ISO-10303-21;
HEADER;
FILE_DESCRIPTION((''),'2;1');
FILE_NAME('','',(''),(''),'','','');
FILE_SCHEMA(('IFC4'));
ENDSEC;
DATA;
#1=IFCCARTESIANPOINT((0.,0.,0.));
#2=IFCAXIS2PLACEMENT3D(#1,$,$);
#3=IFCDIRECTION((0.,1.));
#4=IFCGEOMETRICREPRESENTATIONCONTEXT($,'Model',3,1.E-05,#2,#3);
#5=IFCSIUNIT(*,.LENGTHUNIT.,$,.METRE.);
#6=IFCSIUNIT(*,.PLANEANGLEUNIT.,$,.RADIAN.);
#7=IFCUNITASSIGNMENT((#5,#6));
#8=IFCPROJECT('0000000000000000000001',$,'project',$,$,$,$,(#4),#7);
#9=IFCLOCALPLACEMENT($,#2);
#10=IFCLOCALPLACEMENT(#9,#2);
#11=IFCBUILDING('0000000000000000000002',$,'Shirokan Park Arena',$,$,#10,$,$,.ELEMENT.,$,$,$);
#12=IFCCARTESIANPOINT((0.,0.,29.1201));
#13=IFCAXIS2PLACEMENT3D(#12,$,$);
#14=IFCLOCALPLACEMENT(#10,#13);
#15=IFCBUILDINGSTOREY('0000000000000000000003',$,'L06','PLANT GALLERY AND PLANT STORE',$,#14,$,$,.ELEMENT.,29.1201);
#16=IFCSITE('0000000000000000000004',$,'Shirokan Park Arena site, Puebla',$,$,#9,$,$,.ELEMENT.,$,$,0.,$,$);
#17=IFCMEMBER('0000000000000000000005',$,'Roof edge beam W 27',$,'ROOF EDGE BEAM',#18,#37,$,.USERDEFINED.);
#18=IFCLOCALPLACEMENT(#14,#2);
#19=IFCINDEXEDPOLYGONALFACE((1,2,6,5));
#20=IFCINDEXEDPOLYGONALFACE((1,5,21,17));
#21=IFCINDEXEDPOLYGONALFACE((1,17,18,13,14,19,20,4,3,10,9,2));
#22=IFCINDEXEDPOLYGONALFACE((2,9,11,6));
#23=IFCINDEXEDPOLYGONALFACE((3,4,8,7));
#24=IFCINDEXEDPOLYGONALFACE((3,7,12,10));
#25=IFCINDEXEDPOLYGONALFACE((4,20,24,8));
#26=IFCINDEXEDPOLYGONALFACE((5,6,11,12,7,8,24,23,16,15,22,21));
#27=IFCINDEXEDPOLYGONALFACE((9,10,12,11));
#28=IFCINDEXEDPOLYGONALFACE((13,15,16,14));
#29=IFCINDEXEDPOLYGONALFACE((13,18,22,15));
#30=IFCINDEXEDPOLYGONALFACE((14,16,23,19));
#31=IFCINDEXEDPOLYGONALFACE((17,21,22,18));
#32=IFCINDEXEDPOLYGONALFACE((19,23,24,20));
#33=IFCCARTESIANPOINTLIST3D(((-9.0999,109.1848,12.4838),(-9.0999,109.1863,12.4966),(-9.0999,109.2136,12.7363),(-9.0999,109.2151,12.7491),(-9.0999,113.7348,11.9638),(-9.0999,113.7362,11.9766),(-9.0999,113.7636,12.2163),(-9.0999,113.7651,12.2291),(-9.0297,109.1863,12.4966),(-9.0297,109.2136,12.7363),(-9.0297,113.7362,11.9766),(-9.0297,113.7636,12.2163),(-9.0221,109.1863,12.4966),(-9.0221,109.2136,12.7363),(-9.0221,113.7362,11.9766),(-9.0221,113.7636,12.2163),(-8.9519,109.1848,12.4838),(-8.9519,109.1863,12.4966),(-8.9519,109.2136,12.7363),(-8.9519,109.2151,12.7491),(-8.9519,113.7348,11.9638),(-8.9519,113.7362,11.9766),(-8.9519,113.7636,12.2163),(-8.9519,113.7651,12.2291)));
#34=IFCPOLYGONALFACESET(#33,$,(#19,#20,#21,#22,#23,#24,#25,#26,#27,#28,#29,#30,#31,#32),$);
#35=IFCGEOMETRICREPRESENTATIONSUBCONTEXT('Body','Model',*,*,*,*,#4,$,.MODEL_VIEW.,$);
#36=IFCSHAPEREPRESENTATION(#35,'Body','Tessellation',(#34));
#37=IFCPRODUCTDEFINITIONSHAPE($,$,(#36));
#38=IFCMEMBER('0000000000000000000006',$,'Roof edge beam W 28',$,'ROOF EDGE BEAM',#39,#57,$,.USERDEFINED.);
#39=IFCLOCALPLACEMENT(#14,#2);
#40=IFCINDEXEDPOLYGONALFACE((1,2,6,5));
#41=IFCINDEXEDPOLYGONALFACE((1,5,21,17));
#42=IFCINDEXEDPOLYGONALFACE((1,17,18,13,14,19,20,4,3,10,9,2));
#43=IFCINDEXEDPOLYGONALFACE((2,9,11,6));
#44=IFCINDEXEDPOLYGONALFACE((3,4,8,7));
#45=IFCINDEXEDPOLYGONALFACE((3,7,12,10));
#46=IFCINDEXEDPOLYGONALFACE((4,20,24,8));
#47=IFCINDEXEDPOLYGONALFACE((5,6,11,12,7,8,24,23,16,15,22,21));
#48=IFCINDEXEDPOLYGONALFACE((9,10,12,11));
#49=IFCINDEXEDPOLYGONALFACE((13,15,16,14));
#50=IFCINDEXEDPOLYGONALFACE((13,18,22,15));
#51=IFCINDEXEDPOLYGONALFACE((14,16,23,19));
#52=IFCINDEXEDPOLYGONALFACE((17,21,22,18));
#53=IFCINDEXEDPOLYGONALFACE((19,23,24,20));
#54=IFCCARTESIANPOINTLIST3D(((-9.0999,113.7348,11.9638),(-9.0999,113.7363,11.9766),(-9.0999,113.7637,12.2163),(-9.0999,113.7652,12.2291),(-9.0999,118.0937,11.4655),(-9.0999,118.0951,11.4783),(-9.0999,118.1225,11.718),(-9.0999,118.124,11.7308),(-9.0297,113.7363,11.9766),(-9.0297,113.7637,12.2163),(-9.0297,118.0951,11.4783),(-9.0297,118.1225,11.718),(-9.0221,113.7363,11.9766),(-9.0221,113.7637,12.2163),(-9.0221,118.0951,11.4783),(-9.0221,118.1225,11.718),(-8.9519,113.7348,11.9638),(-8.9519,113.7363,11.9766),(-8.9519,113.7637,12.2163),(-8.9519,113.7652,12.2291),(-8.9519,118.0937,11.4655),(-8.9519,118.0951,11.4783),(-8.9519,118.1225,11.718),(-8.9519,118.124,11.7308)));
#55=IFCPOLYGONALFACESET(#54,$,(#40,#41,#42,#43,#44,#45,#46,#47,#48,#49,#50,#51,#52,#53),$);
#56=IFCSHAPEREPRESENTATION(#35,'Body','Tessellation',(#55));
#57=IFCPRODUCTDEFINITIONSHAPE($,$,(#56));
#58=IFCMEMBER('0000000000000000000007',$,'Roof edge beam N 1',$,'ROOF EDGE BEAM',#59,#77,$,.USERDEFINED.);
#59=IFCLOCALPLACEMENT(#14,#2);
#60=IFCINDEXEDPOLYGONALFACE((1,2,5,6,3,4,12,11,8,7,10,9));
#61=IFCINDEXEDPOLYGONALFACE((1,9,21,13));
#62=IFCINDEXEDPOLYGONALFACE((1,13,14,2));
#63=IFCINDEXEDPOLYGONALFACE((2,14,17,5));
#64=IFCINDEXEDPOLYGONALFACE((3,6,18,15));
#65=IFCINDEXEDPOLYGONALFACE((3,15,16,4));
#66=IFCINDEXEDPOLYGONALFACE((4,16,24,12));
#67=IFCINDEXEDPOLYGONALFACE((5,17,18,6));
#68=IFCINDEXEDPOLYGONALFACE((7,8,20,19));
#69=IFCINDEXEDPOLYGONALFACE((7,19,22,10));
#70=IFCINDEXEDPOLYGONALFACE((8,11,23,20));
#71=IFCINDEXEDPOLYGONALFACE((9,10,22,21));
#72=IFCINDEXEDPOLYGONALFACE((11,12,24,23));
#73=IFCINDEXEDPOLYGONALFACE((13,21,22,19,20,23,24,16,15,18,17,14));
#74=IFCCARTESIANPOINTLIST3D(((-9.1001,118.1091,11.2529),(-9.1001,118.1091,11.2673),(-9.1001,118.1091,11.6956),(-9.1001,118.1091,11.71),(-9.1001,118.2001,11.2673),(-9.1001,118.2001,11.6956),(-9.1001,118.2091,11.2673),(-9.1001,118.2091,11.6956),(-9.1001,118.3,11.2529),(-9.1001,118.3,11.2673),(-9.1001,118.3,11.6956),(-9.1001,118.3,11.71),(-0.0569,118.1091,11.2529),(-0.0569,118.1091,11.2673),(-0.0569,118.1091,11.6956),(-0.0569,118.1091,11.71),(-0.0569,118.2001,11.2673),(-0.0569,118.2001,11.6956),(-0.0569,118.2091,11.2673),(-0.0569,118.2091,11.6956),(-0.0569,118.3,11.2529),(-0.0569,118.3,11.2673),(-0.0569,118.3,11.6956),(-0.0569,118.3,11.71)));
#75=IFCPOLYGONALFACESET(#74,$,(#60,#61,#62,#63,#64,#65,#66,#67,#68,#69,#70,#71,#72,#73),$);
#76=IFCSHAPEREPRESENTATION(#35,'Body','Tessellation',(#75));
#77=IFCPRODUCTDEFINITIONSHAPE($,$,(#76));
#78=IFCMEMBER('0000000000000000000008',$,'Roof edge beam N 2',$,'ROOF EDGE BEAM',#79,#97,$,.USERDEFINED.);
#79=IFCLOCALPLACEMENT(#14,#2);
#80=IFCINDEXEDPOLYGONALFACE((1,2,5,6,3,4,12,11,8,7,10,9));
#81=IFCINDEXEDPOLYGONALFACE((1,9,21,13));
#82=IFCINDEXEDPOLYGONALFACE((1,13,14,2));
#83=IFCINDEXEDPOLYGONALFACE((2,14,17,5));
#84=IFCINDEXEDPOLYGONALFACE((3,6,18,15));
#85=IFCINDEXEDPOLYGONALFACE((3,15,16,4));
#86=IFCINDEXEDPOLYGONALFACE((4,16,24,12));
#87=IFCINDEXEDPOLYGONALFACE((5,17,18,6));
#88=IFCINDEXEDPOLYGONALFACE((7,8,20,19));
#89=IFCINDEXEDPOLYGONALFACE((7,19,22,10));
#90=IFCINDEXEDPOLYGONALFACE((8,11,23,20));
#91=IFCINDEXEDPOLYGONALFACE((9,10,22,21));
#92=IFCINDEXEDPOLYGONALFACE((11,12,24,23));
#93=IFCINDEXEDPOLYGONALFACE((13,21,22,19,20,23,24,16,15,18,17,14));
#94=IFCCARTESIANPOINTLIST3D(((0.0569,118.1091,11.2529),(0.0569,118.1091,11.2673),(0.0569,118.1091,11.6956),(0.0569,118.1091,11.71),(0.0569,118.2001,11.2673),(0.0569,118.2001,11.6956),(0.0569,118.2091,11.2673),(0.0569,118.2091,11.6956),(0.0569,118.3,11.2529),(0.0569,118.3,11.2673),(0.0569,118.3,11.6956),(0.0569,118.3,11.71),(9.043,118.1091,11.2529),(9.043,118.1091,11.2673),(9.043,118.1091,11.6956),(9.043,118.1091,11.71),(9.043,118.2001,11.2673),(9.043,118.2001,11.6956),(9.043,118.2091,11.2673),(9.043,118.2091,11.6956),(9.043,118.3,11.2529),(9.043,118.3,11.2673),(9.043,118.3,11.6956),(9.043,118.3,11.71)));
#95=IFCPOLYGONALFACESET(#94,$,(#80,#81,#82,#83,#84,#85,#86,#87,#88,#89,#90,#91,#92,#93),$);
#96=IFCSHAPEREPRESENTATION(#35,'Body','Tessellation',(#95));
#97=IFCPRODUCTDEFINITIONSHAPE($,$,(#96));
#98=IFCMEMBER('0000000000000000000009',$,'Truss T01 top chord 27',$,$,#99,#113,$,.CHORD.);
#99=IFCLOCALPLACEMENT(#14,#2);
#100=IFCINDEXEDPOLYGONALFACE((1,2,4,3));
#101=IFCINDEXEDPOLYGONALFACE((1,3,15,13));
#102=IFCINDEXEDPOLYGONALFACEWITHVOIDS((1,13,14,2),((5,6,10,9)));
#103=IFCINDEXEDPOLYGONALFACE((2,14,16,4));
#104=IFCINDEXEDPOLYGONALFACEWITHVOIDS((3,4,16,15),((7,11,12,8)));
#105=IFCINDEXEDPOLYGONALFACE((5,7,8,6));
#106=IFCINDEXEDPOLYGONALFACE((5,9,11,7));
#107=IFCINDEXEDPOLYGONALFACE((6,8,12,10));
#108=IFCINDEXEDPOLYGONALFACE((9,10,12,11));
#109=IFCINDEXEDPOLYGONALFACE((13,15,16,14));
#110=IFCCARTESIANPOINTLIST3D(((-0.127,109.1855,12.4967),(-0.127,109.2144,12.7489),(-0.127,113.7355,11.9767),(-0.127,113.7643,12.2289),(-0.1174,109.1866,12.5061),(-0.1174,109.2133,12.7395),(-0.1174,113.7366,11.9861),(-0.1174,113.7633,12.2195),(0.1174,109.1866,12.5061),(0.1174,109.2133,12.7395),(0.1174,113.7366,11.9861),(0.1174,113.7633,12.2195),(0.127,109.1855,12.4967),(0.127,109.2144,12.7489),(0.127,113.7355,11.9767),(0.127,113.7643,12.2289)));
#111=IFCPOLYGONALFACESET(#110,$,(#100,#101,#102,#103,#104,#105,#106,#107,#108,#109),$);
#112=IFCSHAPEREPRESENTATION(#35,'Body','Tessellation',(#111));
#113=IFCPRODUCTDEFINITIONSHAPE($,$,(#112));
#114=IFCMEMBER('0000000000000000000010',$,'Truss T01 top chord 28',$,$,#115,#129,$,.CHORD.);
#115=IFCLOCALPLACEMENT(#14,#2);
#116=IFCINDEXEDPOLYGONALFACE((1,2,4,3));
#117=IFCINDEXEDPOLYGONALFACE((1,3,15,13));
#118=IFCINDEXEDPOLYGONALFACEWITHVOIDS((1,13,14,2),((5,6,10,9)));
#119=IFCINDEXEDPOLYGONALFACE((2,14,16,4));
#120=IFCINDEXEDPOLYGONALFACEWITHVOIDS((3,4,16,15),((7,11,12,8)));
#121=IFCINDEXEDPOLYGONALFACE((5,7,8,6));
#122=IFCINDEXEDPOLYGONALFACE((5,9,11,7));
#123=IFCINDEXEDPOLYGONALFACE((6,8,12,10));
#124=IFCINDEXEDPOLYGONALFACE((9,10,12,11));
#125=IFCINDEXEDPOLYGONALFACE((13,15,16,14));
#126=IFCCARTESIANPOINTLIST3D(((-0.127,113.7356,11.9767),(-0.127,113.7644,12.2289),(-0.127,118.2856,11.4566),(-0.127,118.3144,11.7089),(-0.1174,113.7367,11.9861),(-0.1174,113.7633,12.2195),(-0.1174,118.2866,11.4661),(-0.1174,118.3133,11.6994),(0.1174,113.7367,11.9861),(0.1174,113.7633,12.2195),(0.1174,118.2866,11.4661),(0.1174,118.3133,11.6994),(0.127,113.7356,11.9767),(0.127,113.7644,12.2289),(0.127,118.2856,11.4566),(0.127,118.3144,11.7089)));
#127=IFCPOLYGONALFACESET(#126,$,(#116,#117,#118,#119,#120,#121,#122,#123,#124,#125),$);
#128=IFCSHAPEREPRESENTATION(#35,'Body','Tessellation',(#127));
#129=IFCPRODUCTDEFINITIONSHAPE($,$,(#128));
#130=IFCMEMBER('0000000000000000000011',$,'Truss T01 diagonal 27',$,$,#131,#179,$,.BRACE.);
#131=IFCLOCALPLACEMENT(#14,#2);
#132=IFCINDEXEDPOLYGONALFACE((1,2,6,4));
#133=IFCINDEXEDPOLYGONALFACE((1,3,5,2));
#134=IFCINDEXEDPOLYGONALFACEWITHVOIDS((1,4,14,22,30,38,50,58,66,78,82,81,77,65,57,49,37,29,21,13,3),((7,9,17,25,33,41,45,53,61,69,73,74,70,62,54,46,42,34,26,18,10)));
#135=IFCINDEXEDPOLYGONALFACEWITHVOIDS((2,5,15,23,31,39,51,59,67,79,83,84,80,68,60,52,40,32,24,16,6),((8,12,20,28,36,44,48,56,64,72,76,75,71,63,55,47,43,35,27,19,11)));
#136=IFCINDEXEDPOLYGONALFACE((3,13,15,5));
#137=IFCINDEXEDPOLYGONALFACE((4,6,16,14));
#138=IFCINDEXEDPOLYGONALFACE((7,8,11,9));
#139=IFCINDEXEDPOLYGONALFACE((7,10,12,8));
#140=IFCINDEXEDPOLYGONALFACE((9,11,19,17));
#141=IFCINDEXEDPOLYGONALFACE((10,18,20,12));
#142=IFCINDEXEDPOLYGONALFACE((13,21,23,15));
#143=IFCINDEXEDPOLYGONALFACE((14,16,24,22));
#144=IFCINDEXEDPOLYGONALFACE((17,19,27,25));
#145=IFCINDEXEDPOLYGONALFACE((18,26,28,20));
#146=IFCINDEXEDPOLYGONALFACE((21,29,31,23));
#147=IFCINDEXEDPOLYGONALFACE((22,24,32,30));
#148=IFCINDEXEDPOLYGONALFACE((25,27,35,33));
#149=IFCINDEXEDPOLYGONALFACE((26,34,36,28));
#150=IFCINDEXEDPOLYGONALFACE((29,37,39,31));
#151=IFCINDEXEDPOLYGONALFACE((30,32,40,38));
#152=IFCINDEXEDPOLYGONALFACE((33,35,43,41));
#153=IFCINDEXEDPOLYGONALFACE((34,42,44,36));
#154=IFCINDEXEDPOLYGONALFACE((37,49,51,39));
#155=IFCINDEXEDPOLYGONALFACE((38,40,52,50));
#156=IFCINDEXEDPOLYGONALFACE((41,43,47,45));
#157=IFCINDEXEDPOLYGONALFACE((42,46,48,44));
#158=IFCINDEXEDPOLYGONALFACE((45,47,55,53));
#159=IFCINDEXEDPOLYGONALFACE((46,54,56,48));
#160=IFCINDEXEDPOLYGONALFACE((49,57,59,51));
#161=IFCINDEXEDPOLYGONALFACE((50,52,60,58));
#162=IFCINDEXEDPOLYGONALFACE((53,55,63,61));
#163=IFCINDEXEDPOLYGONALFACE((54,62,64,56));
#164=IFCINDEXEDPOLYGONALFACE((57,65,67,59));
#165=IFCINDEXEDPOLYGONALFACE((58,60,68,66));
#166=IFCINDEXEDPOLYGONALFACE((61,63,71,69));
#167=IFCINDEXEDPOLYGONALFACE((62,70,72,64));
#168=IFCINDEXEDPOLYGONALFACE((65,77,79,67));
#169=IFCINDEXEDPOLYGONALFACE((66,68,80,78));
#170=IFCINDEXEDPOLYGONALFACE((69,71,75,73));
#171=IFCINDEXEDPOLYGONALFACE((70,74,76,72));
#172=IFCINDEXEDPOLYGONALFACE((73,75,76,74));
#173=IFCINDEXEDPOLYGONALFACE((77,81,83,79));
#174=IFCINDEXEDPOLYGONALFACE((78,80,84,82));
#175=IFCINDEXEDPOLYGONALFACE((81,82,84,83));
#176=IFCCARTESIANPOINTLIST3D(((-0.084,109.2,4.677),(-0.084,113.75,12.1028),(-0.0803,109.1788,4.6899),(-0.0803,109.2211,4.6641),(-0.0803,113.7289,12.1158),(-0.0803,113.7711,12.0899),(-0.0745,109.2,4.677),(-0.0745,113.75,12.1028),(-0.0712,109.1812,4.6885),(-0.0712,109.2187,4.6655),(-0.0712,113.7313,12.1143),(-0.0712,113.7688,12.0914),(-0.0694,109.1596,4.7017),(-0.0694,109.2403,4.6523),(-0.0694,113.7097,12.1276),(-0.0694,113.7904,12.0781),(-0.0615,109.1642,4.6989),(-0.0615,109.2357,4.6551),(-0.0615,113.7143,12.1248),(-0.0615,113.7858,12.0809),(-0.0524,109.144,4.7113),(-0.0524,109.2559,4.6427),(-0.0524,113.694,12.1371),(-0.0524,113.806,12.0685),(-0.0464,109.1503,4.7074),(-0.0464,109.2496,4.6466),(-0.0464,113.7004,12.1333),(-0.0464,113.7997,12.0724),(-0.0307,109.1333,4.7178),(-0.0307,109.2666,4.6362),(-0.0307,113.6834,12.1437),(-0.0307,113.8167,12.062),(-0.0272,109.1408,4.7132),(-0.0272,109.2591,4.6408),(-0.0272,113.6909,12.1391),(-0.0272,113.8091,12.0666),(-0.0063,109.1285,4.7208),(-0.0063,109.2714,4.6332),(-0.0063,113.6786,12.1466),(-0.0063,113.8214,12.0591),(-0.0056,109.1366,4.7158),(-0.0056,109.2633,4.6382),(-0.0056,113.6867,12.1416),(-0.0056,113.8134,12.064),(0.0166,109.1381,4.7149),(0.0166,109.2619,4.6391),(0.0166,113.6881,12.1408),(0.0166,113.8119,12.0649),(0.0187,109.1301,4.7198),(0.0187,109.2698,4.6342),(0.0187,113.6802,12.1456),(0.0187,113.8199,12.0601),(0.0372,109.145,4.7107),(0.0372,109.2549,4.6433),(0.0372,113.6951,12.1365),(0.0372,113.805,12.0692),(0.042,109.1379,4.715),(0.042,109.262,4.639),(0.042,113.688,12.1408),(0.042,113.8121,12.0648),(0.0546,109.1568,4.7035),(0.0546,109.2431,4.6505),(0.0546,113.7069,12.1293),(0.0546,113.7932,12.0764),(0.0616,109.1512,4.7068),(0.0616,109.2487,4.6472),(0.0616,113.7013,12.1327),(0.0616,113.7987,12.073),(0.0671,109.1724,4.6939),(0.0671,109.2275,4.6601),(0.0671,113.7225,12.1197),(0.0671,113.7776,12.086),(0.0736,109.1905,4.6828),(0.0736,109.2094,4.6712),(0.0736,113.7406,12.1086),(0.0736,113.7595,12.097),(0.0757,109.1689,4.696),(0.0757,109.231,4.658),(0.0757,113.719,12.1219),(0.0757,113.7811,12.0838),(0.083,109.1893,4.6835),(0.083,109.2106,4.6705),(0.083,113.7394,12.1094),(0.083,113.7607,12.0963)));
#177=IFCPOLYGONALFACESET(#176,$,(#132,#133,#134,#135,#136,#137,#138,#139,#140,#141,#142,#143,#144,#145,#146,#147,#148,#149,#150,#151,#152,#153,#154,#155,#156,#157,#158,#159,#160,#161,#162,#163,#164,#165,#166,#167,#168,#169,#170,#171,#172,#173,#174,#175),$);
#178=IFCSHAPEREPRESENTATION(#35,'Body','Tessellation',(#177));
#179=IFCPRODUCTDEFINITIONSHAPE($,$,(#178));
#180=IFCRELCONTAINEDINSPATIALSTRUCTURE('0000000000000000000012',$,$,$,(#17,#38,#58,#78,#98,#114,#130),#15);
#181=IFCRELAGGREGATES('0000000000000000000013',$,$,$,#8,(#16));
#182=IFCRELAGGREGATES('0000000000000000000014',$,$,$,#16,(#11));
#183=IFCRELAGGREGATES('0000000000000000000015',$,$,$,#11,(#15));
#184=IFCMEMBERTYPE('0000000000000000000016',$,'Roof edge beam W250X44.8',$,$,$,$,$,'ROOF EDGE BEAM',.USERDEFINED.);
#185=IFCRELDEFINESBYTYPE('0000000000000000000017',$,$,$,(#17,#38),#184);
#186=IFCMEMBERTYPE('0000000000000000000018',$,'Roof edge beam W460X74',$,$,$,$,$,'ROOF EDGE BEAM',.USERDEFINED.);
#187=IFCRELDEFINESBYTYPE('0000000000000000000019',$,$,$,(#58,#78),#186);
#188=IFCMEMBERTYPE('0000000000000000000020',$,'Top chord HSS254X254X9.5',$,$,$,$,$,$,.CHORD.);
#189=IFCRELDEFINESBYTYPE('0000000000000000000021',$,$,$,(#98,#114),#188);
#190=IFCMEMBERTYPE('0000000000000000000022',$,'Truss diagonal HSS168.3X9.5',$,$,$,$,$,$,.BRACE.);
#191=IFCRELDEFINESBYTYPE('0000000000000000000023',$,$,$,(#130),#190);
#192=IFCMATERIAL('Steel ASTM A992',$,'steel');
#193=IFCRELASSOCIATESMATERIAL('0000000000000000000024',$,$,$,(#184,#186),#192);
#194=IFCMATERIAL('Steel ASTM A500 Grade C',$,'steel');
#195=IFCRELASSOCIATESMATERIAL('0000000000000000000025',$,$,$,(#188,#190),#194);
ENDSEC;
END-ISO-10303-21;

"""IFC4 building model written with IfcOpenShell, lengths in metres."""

from ifc_helpers import new_model, si_unit, direction, frame, origin, origin_2d, place, context, subcontext, project, spatial, hollow_rectangle, hollow_circle, i_section, extrude, material, material_profile, profile_set, type_object, element, save


model = new_model("IFC4")

# Units and contexts
model_context = context("Model", 3, precision=1e-05, world=origin(), true_north=direction((0.0, 1.0)))
body_context = subcontext(model_context, "Body", "Model", "MODEL_VIEW")
ifc_project = project(units=[si_unit("LENGTHUNIT", "METRE"), si_unit("PLANEANGLEUNIT", "RADIAN")], contexts=[model_context])

# Site, building, storey
site_placement = place(None, origin())
site = spatial("IfcSite", under=ifc_project, at=site_placement, Name="Shirokan Park Arena site, Puebla", CompositionType="ELEMENT", RefElevation=0.0)
building_placement = place(site_placement, origin())
building = spatial("IfcBuilding", under=site, at=building_placement, Name="Shirokan Park Arena", CompositionType="ELEMENT")
storey_placement = place(building_placement, frame((0.0, 0.0, 29.1201)))
storey = spatial("IfcBuildingStorey", under=building, at=storey_placement, Name="L06", Description="PLANT GALLERY AND PLANT STORE", CompositionType="ELEMENT", Elevation=29.1201)

# Shared definitions
ifc_material_1 = material(Name="Steel ASTM A500 Grade C", Category="steel")
ifc_material_2 = material(Name="Steel ASTM A992", Category="steel")

# Members
ifc_material_profile_1 = material_profile(ifc_material_2, i_section(OverallWidth=0.1479, OverallDepth=0.2671, WebThickness=0.0076, FlangeThickness=0.0129, at=origin_2d()), Name="W250X44.8")
ifc_profile_set_1 = profile_set([ifc_material_profile_1], Name="Steel ASTM A992")
member_type_1 = type_object("IfcMemberType", Name="Roof edge beam W250X44.8", ElementType="ROOF EDGE BEAM", PredefinedType="USERDEFINED", material=ifc_profile_set_1)
member_1_placement = place(storey_placement, frame((-9.0259, 109.2, 12.6165), z_axis=(0.0, 0.993532, -0.11355), x_axis=(-1.0, 0.0, 0.0)))
element("IfcMember", 1, at=member_1_placement, inside=storey, type_object=member_type_1, Name="Roof edge beam W 27", ObjectType="ROOF EDGE BEAM", PredefinedType="USERDEFINED", context=body_context, shape_type="SweptSolid", body=[
    extrude(i_section(OverallWidth=0.1479, OverallDepth=0.2671, WebThickness=0.0076, FlangeThickness=0.0129, at=origin_2d()), origin(), (0.0, 0.0, 1.0), 4.5796),
])
member_2_placement = place(storey_placement, frame((-9.0259, 113.75, 12.0964), z_axis=(0.0, 0.993529, -0.113576), x_axis=(-1.0, 0.0, 0.0)))
element("IfcMember", 2, at=member_2_placement, inside=storey, type_object=member_type_1, Name="Roof edge beam W 28", ObjectType="ROOF EDGE BEAM", PredefinedType="USERDEFINED", context=body_context, shape_type="SweptSolid", body=[
    extrude(i_section(OverallWidth=0.1479, OverallDepth=0.2671, WebThickness=0.0076, FlangeThickness=0.0129, at=origin_2d()), origin(), (0.0, 0.0, 1.0), 4.3872),
])
ifc_material_profile_2 = material_profile(ifc_material_2, i_section(OverallWidth=0.1909, OverallDepth=0.457, WebThickness=0.009, FlangeThickness=0.0144, at=origin_2d()), Name="W460X74")
ifc_profile_set_2 = profile_set([ifc_material_profile_2], Name="Steel ASTM A992")
member_type_2 = type_object("IfcMemberType", Name="Roof edge beam W460X74", ElementType="ROOF EDGE BEAM", PredefinedType="USERDEFINED", material=ifc_profile_set_2)
member_3_placement = place(storey_placement, frame((-9.1001, 118.2046, 11.4814), z_axis=(1.0, 0.0, 0.0), x_axis=(0.0, 1.0, 0.0)))
element("IfcMember", 3, at=member_3_placement, inside=storey, type_object=member_type_2, Name="Roof edge beam N 1", ObjectType="ROOF EDGE BEAM", PredefinedType="USERDEFINED", context=body_context, shape_type="SweptSolid", body=[
    extrude(i_section(OverallWidth=0.1909, OverallDepth=0.457, WebThickness=0.009, FlangeThickness=0.0144, at=origin_2d()), origin(), (0.0, 0.0, 1.0), 9.0432),
])
member_4_placement = place(storey_placement, frame((0.0569, 118.2046, 11.4814), z_axis=(1.0, 0.0, 0.0), x_axis=(0.0, 1.0, 0.0)))
element("IfcMember", 4, at=member_4_placement, inside=storey, type_object=member_type_2, Name="Roof edge beam N 2", ObjectType="ROOF EDGE BEAM", PredefinedType="USERDEFINED", context=body_context, shape_type="SweptSolid", body=[
    extrude(i_section(OverallWidth=0.1909, OverallDepth=0.457, WebThickness=0.009, FlangeThickness=0.0144, at=origin_2d()), origin(), (0.0, 0.0, 1.0), 8.9861),
])
ifc_material_profile_3 = material_profile(ifc_material_1, hollow_rectangle(XDim=0.2539, YDim=0.2539, WallThickness=0.0095, at=origin_2d()), Name="HSS254X254X9.5")
ifc_profile_set_3 = profile_set([ifc_material_profile_3], Name="Steel ASTM A500 Grade C")
member_type_3 = type_object("IfcMemberType", Name="Top chord HSS254X254X9.5", PredefinedType="CHORD", material=ifc_profile_set_3)
for number, where, z_axis, x_axis, name in (
    (5, (0.0, 109.2, 12.6228), (0.0, 0.993532, -0.11355), (-1.0, 0.0, 0.0), "Truss T01 top chord 27"),
    (6, (0.0, 113.75, 12.1028), (0.0, 0.993532, -0.11355), (-1.0, 0.0, 0.0), "Truss T01 top chord 28"),
):
    element("IfcMember", number, at=place(storey_placement, frame(where, z_axis=z_axis, x_axis=x_axis)), inside=storey, type_object=member_type_3, Name=name, PredefinedType="CHORD", context=body_context, shape_type="SweptSolid", body=[
        extrude(hollow_rectangle(XDim=0.2539, YDim=0.2539, WallThickness=0.0095, at=origin_2d()), origin(), (0.0, 0.0, 1.0), 4.5796),
    ])
ifc_material_profile_4 = material_profile(ifc_material_1, hollow_circle(Radius=0.084, WallThickness=0.0095, at=origin_2d()), Name="HSS168.3X9.5")
ifc_profile_set_4 = profile_set([ifc_material_profile_4], Name="Steel ASTM A500 Grade C")
member_type_4 = type_object("IfcMemberType", Name="Truss diagonal HSS168.3X9.5", PredefinedType="BRACE", material=ifc_profile_set_4)
member_5_placement = place(storey_placement, frame((0.0, 109.2, 4.677), z_axis=(0.0, 0.522459, 0.852665), x_axis=(-1.0, 0.0, 0.0)))
element("IfcMember", 7, at=member_5_placement, inside=storey, type_object=member_type_4, Name="Truss T01 diagonal 27", PredefinedType="BRACE", context=body_context, shape_type="SweptSolid", body=[
    extrude(hollow_circle(Radius=0.084, WallThickness=0.0095, at=origin_2d()), origin(), (0.0, 0.0, 1.0), 8.709),
])

save(model, "model.ifc")
